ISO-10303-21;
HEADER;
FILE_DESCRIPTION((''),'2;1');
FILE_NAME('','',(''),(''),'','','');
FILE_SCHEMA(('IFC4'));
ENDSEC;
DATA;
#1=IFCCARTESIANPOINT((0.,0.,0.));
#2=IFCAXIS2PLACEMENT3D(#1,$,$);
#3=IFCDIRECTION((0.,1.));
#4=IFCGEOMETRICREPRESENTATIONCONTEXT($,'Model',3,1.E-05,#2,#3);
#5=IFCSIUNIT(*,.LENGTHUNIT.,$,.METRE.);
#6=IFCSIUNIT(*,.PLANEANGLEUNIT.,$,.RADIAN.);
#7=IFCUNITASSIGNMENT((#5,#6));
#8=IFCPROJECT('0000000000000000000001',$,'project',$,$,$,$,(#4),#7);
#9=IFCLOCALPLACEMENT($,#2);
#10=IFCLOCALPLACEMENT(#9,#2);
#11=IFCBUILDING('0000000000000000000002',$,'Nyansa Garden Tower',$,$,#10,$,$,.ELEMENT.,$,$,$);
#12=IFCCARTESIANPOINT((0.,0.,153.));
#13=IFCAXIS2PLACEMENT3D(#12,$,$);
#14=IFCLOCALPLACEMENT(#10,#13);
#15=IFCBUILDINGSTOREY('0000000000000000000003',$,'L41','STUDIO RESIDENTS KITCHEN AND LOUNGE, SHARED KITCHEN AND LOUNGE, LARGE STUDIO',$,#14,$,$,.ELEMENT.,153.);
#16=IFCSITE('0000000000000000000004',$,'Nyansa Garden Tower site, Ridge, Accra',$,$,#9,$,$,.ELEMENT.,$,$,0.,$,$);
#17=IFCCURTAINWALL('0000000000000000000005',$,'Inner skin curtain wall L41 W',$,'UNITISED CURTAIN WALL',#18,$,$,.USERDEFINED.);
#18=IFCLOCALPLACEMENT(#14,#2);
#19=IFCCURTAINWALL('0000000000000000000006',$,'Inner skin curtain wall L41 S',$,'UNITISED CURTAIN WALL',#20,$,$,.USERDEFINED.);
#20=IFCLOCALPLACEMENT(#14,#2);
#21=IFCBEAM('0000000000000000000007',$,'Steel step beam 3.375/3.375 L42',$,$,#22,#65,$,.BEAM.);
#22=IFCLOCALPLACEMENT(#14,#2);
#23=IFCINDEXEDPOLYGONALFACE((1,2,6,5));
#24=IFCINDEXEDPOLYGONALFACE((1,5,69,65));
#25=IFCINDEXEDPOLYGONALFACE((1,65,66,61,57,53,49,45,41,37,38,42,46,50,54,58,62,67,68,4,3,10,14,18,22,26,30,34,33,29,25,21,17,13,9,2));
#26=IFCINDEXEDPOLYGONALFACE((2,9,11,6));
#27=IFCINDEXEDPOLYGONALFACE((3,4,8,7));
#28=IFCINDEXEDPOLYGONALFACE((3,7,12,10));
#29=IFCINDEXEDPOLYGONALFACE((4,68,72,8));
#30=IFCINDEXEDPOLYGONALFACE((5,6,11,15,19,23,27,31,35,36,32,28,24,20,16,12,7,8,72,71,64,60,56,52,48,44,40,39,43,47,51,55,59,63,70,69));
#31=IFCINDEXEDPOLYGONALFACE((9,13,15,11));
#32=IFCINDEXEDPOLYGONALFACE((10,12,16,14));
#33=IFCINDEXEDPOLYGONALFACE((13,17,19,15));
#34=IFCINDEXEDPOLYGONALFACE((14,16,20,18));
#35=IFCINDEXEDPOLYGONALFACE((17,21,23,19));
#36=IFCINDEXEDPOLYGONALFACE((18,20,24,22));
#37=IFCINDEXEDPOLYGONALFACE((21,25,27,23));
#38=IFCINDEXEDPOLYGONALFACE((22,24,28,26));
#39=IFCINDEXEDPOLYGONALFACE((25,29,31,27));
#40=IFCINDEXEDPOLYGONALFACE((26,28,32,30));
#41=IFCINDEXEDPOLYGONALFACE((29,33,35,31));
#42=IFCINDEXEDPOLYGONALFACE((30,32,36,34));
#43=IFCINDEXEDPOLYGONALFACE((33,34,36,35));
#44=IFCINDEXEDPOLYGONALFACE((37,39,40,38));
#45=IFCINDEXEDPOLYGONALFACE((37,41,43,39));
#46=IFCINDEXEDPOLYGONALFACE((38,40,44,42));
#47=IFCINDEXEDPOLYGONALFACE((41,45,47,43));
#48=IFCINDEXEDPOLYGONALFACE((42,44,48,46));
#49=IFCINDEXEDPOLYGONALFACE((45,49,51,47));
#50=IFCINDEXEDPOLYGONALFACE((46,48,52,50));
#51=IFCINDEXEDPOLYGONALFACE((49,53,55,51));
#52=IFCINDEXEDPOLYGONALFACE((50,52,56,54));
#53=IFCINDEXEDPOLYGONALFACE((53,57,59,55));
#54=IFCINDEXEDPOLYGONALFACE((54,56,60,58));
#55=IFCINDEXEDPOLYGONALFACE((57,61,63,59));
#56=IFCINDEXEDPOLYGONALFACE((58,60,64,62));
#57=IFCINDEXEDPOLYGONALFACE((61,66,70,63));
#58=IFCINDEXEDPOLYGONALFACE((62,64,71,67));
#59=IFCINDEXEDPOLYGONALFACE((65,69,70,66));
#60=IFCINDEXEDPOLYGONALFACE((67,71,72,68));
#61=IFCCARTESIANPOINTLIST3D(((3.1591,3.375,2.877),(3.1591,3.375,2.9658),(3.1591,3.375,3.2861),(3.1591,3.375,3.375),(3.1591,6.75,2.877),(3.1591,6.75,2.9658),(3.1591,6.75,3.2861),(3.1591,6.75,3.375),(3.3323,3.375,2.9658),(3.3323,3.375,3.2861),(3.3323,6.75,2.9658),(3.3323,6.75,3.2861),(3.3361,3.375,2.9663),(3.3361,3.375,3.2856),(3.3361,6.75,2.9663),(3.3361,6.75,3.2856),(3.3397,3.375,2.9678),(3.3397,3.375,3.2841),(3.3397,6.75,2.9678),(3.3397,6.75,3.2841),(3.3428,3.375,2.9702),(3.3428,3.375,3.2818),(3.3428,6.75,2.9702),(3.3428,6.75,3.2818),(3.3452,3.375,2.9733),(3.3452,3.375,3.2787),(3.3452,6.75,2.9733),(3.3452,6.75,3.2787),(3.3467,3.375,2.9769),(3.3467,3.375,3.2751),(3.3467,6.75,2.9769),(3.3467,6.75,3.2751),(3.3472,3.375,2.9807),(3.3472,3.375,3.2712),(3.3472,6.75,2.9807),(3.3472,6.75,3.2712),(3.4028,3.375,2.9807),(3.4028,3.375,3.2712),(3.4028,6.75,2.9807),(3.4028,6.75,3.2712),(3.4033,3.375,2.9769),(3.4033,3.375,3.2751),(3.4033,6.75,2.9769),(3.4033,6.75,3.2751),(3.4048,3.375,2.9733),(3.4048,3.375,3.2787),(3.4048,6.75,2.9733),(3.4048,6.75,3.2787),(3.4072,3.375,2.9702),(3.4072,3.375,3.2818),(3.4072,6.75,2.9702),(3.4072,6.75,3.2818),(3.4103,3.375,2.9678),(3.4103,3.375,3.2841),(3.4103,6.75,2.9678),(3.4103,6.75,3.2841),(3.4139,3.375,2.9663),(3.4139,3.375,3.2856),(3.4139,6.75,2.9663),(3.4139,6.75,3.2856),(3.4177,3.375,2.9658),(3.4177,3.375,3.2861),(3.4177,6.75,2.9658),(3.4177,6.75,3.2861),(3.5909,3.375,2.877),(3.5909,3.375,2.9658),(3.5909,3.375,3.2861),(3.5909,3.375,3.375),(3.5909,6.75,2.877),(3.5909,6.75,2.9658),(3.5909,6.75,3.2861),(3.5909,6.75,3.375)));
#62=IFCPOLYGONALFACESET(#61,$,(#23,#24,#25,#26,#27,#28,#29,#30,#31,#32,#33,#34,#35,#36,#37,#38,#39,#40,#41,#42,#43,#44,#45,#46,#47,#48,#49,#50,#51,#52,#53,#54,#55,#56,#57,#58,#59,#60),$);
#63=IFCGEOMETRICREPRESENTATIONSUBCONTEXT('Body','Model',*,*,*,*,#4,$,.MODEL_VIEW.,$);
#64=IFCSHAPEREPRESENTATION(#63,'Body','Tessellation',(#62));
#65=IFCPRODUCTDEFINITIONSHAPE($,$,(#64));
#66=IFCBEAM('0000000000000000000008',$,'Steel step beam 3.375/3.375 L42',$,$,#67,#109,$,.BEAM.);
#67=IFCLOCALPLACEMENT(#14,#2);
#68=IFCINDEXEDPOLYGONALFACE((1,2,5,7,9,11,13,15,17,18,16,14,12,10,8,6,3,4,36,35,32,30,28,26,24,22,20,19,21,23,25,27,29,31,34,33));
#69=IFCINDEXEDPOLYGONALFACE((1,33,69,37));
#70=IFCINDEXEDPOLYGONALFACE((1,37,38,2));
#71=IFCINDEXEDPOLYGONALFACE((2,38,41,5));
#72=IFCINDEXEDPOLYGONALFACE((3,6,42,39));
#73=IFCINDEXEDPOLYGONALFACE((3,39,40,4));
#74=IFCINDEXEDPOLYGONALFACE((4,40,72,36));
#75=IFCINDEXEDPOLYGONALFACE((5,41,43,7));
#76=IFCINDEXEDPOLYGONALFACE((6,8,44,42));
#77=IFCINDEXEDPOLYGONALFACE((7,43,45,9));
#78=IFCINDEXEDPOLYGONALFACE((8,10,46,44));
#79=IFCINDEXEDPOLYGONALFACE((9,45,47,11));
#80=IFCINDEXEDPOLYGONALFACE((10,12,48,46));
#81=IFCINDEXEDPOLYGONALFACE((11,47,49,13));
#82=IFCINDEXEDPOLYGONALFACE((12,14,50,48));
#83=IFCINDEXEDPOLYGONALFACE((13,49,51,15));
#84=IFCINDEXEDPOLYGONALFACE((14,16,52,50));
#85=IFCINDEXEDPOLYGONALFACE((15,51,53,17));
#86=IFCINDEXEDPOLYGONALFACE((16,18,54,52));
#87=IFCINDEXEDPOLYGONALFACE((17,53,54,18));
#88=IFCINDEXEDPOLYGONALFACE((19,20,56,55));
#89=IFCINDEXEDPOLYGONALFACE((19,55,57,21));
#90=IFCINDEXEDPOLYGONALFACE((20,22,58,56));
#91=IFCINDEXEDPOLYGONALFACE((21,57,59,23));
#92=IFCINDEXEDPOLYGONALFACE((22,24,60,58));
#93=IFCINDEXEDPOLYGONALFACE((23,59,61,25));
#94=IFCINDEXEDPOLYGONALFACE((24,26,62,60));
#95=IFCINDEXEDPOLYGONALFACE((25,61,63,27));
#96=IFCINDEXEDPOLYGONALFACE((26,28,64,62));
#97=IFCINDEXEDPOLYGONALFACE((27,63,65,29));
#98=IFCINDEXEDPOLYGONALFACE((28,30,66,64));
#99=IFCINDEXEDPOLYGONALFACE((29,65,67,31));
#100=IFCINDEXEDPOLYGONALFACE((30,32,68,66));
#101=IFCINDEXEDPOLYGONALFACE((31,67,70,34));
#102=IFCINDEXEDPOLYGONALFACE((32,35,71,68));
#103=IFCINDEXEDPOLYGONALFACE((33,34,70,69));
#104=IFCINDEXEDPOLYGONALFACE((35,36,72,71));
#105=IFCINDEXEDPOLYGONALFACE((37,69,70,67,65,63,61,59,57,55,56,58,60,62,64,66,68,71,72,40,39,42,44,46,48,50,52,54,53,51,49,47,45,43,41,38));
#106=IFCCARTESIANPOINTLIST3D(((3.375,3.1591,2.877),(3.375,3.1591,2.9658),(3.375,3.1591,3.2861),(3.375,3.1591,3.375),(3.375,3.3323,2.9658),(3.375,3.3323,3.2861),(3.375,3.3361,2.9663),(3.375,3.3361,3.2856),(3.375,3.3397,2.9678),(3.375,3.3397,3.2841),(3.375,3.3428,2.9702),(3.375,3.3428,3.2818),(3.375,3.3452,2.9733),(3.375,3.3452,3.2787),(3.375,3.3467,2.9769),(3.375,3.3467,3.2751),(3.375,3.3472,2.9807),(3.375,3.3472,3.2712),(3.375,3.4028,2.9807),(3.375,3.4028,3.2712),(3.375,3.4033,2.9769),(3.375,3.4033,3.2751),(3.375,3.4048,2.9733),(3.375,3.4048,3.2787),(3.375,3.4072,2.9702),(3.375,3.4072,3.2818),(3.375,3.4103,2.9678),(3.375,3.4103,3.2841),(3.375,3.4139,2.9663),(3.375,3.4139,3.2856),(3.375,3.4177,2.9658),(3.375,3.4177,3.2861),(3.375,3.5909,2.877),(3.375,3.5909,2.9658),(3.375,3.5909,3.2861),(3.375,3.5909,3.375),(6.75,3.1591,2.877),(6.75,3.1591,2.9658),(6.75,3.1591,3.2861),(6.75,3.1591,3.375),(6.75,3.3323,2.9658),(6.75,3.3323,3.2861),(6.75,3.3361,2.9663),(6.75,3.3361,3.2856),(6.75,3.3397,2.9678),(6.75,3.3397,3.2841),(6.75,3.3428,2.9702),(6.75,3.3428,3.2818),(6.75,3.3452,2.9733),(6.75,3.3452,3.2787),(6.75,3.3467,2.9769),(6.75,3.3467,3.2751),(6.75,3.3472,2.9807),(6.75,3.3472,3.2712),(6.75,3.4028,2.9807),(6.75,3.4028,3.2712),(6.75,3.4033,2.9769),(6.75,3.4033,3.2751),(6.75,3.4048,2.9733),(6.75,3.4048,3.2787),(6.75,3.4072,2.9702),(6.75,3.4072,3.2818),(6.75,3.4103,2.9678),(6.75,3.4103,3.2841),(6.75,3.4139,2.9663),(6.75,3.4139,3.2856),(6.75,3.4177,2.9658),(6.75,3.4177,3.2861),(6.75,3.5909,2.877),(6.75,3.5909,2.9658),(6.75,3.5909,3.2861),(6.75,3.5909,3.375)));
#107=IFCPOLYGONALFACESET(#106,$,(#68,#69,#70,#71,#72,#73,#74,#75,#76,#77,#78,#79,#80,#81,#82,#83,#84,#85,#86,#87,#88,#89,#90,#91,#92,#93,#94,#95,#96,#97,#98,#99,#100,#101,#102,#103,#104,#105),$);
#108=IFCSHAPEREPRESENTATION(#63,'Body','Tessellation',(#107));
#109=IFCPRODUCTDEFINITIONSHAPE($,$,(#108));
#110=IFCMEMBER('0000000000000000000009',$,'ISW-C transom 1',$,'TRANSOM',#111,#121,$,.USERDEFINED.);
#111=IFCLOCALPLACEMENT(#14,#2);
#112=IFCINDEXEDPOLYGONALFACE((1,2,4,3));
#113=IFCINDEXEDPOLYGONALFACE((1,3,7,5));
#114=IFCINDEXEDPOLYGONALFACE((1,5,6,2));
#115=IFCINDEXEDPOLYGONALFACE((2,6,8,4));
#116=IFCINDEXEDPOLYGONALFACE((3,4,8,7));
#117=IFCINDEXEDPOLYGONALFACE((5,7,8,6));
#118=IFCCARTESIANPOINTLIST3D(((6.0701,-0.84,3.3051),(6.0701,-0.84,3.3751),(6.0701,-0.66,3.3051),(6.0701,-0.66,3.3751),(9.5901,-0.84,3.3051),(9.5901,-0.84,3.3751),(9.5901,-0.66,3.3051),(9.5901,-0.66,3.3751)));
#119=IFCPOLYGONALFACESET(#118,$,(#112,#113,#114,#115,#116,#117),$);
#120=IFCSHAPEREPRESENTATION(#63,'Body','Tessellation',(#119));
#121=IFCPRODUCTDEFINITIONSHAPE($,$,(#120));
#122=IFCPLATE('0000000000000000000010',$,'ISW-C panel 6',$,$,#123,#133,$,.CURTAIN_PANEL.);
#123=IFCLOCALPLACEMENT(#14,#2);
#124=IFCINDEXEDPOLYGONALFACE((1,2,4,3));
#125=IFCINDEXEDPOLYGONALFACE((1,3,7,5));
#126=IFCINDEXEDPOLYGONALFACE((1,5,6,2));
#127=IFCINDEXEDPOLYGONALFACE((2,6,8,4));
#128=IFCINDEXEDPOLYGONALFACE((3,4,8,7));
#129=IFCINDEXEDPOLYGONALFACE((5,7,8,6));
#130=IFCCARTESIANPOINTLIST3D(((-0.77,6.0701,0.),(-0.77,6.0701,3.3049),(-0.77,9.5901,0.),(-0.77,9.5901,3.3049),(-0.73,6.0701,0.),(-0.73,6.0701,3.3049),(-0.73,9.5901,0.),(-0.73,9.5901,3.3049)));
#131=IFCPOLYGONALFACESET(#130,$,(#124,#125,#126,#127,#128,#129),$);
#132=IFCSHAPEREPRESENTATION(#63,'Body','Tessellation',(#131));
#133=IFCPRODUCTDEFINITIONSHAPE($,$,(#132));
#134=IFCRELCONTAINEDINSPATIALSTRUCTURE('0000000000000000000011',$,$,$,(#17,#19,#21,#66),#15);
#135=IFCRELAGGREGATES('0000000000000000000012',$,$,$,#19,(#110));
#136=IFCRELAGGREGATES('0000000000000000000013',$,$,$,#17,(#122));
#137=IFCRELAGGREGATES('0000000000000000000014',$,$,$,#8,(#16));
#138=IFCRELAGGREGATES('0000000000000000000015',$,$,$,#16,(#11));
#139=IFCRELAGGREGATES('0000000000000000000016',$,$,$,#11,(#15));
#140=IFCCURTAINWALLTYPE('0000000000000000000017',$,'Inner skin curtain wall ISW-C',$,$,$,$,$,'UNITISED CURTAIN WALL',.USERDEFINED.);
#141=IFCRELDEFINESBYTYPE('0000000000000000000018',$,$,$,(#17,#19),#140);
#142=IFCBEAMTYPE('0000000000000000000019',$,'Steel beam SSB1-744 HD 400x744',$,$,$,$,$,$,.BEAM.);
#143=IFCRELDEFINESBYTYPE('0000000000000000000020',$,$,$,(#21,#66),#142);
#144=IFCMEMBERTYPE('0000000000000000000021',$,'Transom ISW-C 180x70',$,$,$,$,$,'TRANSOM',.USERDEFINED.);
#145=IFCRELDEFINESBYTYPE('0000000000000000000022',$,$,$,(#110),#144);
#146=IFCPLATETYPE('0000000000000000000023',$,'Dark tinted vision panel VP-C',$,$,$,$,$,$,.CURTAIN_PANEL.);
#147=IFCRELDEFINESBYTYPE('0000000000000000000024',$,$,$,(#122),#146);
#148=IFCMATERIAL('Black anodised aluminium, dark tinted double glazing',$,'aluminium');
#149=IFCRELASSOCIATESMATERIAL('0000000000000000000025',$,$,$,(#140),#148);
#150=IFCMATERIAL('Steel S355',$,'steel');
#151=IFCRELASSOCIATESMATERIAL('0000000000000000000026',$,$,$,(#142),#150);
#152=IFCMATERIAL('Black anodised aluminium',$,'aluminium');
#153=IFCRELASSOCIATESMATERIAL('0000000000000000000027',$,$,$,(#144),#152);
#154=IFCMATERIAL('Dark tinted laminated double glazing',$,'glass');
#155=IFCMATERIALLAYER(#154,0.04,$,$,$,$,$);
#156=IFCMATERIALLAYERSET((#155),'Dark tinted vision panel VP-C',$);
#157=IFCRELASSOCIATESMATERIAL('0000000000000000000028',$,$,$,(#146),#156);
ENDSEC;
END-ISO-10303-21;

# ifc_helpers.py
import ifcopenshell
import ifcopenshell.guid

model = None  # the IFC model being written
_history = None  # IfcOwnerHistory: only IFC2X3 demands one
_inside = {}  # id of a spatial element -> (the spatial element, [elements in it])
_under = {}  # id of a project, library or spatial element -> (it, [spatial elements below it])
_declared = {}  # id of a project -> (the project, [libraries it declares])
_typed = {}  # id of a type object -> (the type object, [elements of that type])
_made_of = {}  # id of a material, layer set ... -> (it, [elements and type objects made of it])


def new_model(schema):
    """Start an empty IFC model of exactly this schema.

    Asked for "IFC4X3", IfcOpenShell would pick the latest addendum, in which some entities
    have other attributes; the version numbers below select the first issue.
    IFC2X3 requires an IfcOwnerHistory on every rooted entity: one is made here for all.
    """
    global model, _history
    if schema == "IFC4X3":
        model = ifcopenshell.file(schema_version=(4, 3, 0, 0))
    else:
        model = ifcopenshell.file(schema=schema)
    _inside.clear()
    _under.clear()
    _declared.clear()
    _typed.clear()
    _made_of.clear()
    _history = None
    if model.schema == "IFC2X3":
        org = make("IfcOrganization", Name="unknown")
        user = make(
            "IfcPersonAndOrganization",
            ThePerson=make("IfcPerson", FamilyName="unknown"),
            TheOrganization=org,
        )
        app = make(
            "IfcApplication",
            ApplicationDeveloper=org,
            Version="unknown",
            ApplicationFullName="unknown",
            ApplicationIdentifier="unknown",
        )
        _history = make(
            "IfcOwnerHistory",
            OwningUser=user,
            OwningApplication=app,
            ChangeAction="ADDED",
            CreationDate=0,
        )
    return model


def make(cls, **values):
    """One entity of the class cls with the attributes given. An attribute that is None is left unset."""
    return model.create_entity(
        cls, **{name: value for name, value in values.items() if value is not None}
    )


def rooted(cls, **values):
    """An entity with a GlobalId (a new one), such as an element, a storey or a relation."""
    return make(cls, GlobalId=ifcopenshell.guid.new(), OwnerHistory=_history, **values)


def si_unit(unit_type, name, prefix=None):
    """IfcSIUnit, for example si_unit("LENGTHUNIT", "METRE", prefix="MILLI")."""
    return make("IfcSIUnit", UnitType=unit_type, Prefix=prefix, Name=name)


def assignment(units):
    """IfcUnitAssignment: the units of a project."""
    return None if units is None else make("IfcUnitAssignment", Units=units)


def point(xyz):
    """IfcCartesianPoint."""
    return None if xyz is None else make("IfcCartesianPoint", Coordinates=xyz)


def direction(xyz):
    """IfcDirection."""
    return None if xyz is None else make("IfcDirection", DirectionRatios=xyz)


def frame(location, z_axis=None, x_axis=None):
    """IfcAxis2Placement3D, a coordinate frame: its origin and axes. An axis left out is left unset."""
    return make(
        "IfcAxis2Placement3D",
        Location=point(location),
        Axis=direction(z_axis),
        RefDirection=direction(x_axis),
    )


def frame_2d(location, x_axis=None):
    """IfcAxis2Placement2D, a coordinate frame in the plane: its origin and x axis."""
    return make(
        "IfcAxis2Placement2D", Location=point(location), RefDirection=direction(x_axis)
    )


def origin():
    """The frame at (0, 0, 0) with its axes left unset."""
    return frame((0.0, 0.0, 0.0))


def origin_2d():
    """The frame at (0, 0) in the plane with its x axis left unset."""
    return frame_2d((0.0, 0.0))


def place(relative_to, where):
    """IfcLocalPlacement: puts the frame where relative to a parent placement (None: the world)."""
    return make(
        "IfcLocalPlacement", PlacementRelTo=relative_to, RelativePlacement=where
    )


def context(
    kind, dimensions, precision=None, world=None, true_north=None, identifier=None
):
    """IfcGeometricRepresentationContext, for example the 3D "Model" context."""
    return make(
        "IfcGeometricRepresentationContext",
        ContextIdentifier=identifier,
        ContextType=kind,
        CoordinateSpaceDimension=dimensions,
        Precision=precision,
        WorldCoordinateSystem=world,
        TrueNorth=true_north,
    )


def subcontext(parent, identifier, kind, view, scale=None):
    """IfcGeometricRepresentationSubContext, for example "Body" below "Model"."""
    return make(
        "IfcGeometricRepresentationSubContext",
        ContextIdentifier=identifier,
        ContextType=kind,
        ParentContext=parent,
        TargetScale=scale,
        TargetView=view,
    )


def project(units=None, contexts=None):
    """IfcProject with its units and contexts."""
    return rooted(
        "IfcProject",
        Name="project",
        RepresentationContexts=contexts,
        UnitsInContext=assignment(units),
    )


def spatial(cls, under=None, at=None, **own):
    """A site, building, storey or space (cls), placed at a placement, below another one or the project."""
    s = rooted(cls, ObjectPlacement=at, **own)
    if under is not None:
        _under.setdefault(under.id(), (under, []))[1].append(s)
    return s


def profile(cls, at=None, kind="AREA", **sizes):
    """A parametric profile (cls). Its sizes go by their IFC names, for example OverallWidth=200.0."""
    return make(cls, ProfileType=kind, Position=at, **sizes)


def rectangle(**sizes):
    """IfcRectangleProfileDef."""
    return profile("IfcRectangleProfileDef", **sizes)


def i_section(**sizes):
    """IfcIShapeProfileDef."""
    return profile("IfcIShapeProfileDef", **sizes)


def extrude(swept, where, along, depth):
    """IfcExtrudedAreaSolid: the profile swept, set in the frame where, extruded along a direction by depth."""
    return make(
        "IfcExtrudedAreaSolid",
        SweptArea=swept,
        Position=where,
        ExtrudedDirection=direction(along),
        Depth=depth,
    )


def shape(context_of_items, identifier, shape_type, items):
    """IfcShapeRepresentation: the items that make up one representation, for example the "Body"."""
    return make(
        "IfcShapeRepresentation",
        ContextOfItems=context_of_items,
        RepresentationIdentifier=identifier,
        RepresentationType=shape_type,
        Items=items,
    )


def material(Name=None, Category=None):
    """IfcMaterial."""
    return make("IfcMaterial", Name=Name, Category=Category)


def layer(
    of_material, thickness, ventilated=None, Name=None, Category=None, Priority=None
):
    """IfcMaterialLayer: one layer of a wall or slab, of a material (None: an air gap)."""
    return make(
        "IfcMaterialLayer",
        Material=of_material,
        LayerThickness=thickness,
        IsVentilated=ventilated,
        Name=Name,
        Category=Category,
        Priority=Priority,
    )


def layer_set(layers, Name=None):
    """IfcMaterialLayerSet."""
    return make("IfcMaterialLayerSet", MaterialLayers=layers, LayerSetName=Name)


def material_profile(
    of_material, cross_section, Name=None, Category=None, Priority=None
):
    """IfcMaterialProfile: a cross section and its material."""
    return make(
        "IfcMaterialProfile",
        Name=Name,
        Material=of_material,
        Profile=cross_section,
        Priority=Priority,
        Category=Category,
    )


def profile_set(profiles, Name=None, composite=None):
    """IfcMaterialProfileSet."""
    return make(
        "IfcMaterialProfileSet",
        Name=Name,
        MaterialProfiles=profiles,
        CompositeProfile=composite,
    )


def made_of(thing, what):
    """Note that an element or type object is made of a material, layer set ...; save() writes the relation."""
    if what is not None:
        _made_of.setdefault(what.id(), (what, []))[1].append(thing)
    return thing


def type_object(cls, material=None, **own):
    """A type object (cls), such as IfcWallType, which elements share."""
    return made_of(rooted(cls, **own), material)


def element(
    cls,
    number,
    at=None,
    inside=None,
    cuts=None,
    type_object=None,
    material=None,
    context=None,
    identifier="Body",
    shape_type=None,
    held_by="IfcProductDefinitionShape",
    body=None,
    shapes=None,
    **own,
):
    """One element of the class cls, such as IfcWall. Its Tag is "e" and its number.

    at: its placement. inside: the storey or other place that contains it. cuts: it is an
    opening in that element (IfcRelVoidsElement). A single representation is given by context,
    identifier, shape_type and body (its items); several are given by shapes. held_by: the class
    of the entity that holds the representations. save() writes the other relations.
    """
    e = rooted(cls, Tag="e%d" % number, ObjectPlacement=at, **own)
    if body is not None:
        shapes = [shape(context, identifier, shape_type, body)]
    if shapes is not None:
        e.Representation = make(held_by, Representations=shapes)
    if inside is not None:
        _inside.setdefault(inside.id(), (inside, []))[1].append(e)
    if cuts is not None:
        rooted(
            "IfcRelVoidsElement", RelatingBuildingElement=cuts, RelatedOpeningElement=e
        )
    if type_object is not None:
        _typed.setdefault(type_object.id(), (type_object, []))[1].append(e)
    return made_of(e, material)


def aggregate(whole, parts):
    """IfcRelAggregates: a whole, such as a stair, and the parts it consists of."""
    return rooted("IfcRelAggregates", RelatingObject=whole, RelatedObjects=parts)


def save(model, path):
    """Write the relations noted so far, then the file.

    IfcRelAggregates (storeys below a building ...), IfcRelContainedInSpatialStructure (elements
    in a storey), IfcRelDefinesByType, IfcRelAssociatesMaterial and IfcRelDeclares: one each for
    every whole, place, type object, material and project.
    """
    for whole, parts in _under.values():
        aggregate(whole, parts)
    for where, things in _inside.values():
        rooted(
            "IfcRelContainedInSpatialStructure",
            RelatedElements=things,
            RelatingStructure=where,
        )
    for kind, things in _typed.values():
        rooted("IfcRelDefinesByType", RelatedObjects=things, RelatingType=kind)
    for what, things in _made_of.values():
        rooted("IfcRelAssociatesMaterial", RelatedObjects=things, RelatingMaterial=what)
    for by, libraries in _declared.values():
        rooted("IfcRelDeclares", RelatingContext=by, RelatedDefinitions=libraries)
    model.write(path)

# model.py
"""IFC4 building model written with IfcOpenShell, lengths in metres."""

from ifc_helpers import new_model, si_unit, direction, frame, origin, origin_2d, place, context, subcontext, project, spatial, rectangle, i_section, extrude, material, layer, layer_set, material_profile, profile_set, type_object, element, aggregate, save


model = new_model("IFC4")

# Units and contexts
model_context = context("Model", 3, precision=1e-05, world=origin(), true_north=direction((0.0, 1.0)))
body_context = subcontext(model_context, "Body", "Model", "MODEL_VIEW")
ifc_project = project(units=[si_unit("LENGTHUNIT", "METRE"), si_unit("PLANEANGLEUNIT", "RADIAN")], contexts=[model_context])

# Site, building, storey
site_placement = place(None, origin())
site = spatial("IfcSite", under=ifc_project, at=site_placement, Name="Nyansa Garden Tower site, Ridge, Accra", CompositionType="ELEMENT", RefElevation=0.0)
building_placement = place(site_placement, origin())
building = spatial("IfcBuilding", under=site, at=building_placement, Name="Nyansa Garden Tower", CompositionType="ELEMENT")
storey_placement = place(building_placement, frame((0.0, 0.0, 153.0)))
storey = spatial("IfcBuildingStorey", under=building, at=storey_placement, Name="L41", Description="STUDIO RESIDENTS KITCHEN AND LOUNGE, SHARED KITCHEN AND LOUNGE, LARGE STUDIO", CompositionType="ELEMENT", Elevation=153.0)

# Curtain walls
ifc_material_1 = material(Name="Black anodised aluminium, dark tinted double glazing", Category="aluminium")
curtain_wall_type = type_object("IfcCurtainWallType", Name="Inner skin curtain wall ISW-C", ElementType="UNITISED CURTAIN WALL", PredefinedType="USERDEFINED", material=ifc_material_1)
curtain_wall_1_placement = place(storey_placement, origin())
curtain_wall_1 = element("IfcCurtainWall", 1, at=curtain_wall_1_placement, inside=storey, type_object=curtain_wall_type, Name="Inner skin curtain wall L41 W", ObjectType="UNITISED CURTAIN WALL", PredefinedType="USERDEFINED")
curtain_wall_2_placement = place(storey_placement, origin())
curtain_wall_2 = element("IfcCurtainWall", 2, at=curtain_wall_2_placement, inside=storey, type_object=curtain_wall_type, Name="Inner skin curtain wall L41 S", ObjectType="UNITISED CURTAIN WALL", PredefinedType="USERDEFINED")

# Beams
ifc_material_2 = material(Name="Steel S355", Category="steel")
ifc_material_profile_1 = material_profile(ifc_material_2, i_section(OverallWidth=0.4319, OverallDepth=0.498, WebThickness=0.0557, FlangeThickness=0.0889, FilletRadius=0.0149, at=origin_2d()), Name="HD 400x744")
ifc_profile_set_1 = profile_set([ifc_material_profile_1], Name="Steel S355")
beam_type_1 = type_object("IfcBeamType", Name="Steel beam SSB1-744 HD 400x744", PredefinedType="BEAM", material=ifc_profile_set_1)
for number, where, z_axis, x_axis, name in (
    (3, (3.375, 3.375, 3.126), (0.0, 1.0, 0.0), (-1.0, 0.0, 0.0), "Steel step beam 3.375/3.375 L42"),
    (4, (3.375, 3.375, 3.126), (1.0, 0.0, 0.0), (0.0, 1.0, 0.0), "Steel step beam 3.375/3.375 L42"),
):
    element("IfcBeam", number, at=place(storey_placement, frame(where, z_axis=z_axis, x_axis=x_axis)), inside=storey, type_object=beam_type_1, Name=name, PredefinedType="BEAM", context=body_context, shape_type="SweptSolid", body=[
        extrude(i_section(OverallWidth=0.4319, OverallDepth=0.498, WebThickness=0.0557, FlangeThickness=0.0889, FilletRadius=0.0149, at=origin_2d()), origin(), (0.0, 0.0, 1.0), 3.375),
    ])

# Member
ifc_material_3 = material(Name="Black anodised aluminium", Category="aluminium")
ifc_material_profile_2 = material_profile(ifc_material_3, rectangle(XDim=0.1799, YDim=0.0701, at=origin_2d()), Name="Transom 180x70")
ifc_profile_set_2 = profile_set([ifc_material_profile_2], Name="Black anodised aluminium")
member_type_1 = type_object("IfcMemberType", Name="Transom ISW-C 180x70", ElementType="TRANSOM", PredefinedType="USERDEFINED", material=ifc_profile_set_2)
member_1_placement = place(storey_placement, frame((6.0701, -0.75, 3.3401), z_axis=(1.0, 0.0, 0.0), x_axis=(0.0, 1.0, 0.0)))
member_1 = element("IfcMember", 5, at=member_1_placement, type_object=member_type_1, Name="ISW-C transom 1", ObjectType="TRANSOM", PredefinedType="USERDEFINED", context=body_context, shape_type="SweptSolid", body=[
    extrude(rectangle(XDim=0.1799, YDim=0.0701, at=origin_2d()), origin(), (0.0, 0.0, 1.0), 3.52),
])
aggregate(curtain_wall_2, [member_1])

# Plate
ifc_material_4 = material(Name="Dark tinted laminated double glazing", Category="glass")
ifc_layer_1 = layer(ifc_material_4, 0.04)
ifc_layer_set_1 = layer_set([ifc_layer_1], Name="Dark tinted vision panel VP-C")
plate_type = type_object("IfcPlateType", Name="Dark tinted vision panel VP-C", PredefinedType="CURTAIN_PANEL", material=ifc_layer_set_1)
plate_placement = place(storey_placement, frame((-0.75, 7.8301, 0.0), z_axis=(0.0, 0.0, 1.0), x_axis=(0.0, -1.0, 0.0)))
plate = element("IfcPlate", 6, at=plate_placement, type_object=plate_type, Name="ISW-C panel 6", PredefinedType="CURTAIN_PANEL", context=body_context, shape_type="SweptSolid", body=[
    extrude(rectangle(XDim=3.52, YDim=0.04, at=origin_2d()), origin(), (0.0, 0.0, 1.0), 3.3049),
])
aggregate(curtain_wall_1, [plate])

save(model, "model.ifc")
